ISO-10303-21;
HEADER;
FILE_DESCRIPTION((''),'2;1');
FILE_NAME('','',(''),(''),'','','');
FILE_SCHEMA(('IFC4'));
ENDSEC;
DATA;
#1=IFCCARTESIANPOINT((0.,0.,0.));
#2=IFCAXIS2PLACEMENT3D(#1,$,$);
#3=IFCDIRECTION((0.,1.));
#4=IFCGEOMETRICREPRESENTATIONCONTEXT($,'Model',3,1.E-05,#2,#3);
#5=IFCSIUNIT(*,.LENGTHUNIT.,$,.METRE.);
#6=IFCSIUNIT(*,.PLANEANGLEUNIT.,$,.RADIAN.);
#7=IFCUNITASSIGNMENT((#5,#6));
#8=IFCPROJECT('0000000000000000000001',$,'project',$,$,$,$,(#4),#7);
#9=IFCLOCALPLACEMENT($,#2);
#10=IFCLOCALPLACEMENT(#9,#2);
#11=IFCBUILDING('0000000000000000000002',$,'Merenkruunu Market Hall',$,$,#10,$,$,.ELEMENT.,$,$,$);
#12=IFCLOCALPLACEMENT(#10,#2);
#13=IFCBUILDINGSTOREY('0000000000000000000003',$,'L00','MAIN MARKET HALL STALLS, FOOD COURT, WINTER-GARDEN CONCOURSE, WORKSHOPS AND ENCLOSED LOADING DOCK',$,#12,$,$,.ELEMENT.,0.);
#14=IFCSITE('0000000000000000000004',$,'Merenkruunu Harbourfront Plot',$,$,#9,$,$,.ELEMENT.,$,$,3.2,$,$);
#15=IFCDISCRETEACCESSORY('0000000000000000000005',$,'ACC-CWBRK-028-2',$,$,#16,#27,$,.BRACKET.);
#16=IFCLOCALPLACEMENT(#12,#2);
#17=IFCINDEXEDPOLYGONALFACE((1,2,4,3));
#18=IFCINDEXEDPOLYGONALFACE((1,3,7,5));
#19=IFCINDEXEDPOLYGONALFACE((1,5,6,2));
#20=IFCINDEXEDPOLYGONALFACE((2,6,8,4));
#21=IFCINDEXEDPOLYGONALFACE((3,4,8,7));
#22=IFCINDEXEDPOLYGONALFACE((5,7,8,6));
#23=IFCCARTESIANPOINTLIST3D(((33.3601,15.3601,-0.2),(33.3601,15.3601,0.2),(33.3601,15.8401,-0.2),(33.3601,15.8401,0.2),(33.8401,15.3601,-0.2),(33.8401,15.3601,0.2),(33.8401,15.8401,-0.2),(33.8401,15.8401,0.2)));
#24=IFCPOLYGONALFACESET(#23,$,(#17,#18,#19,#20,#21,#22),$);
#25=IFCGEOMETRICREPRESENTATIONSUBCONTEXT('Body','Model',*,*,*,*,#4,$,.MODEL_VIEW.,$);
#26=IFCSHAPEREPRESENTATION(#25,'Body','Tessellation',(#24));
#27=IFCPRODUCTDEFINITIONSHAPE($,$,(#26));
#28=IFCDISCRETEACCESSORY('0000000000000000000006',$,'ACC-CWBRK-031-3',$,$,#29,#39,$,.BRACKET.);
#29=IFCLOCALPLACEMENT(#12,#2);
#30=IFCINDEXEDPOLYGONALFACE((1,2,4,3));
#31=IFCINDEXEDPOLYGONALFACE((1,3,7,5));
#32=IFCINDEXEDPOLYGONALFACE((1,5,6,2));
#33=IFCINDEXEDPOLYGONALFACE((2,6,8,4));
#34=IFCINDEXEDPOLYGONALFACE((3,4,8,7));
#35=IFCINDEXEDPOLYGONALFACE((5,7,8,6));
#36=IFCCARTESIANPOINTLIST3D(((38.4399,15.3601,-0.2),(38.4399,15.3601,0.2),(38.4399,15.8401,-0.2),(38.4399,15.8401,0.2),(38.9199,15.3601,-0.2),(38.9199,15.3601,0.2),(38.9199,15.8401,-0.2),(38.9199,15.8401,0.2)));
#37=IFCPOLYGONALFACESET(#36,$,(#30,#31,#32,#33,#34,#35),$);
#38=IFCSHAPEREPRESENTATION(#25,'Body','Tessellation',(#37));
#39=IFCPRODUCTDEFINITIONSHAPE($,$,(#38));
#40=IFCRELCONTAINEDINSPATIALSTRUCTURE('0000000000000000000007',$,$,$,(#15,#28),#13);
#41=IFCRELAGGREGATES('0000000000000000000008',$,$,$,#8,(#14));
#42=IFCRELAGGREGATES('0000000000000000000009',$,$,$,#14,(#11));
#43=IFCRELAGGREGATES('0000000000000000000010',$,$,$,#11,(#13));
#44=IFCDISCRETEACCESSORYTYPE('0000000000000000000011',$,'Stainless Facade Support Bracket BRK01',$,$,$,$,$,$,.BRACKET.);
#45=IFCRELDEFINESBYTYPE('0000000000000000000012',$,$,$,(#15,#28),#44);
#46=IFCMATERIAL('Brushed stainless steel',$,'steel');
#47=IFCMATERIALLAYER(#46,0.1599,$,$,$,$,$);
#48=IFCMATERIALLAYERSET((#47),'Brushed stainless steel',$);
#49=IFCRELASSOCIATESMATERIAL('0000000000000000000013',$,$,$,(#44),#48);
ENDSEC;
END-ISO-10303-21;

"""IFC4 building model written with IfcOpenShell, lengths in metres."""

from ifc_helpers import new_model, si_unit, direction, frame, origin, origin_2d, place, context, subcontext, project, spatial, rectangle, extrude, material, layer, layer_set, type_object, element, save


model = new_model("IFC4")

# Units and contexts
model_context = context("Model", 3, precision=1e-05, world=origin(), true_north=direction((0.0, 1.0)))
body_context = subcontext(model_context, "Body", "Model", "MODEL_VIEW")
ifc_project = project(units=[si_unit("LENGTHUNIT", "METRE"), si_unit("PLANEANGLEUNIT", "RADIAN")], contexts=[model_context])

# Site, building, storey
site_placement = place(None, origin())
site = spatial("IfcSite", under=ifc_project, at=site_placement, Name="Merenkruunu Harbourfront Plot", CompositionType="ELEMENT", RefElevation=3.2)
building_placement = place(site_placement, origin())
building = spatial("IfcBuilding", under=site, at=building_placement, Name="Merenkruunu Market Hall", CompositionType="ELEMENT")
storey_placement = place(building_placement, origin())
storey = spatial("IfcBuildingStorey", under=building, at=storey_placement, Name="L00", Description="MAIN MARKET HALL STALLS, FOOD COURT, WINTER-GARDEN CONCOURSE, WORKSHOPS AND ENCLOSED LOADING DOCK", CompositionType="ELEMENT", Elevation=0.0)

# Shared definitions
ifc_material_1 = material(Name="Brushed stainless steel", Category="steel")

# Discrete accessories
ifc_layer_1 = layer(ifc_material_1, 0.1599)
ifc_layer_set_1 = layer_set([ifc_layer_1], Name="Brushed stainless steel")
discrete_accessory_type = type_object("IfcDiscreteAccessoryType", Name="Stainless Facade Support Bracket BRK01", PredefinedType="BRACKET", material=ifc_layer_set_1)
for number, where, z_axis, x_axis, name in (
    (1, (33.6001, 15.6001, -0.2), (0.0, 0.0, 1.0), (1.0, 0.0, 0.0), "ACC-CWBRK-028-2"),
    (2, (38.6799, 15.6001, -0.2), (0.0, 0.0, 1.0), (1.0, 0.0, 0.0), "ACC-CWBRK-031-3"),
):
    element("IfcDiscreteAccessory", number, at=place(storey_placement, frame(where, z_axis=z_axis, x_axis=x_axis)), inside=storey, type_object=discrete_accessory_type, Name=name, PredefinedType="BRACKET", context=body_context, shape_type="SweptSolid", body=[
        extrude(rectangle(XDim=0.48, YDim=0.48, at=origin_2d()), origin(), (0.0, 0.0, 1.0), 0.3999),
    ])

save(model, "model.ifc")
